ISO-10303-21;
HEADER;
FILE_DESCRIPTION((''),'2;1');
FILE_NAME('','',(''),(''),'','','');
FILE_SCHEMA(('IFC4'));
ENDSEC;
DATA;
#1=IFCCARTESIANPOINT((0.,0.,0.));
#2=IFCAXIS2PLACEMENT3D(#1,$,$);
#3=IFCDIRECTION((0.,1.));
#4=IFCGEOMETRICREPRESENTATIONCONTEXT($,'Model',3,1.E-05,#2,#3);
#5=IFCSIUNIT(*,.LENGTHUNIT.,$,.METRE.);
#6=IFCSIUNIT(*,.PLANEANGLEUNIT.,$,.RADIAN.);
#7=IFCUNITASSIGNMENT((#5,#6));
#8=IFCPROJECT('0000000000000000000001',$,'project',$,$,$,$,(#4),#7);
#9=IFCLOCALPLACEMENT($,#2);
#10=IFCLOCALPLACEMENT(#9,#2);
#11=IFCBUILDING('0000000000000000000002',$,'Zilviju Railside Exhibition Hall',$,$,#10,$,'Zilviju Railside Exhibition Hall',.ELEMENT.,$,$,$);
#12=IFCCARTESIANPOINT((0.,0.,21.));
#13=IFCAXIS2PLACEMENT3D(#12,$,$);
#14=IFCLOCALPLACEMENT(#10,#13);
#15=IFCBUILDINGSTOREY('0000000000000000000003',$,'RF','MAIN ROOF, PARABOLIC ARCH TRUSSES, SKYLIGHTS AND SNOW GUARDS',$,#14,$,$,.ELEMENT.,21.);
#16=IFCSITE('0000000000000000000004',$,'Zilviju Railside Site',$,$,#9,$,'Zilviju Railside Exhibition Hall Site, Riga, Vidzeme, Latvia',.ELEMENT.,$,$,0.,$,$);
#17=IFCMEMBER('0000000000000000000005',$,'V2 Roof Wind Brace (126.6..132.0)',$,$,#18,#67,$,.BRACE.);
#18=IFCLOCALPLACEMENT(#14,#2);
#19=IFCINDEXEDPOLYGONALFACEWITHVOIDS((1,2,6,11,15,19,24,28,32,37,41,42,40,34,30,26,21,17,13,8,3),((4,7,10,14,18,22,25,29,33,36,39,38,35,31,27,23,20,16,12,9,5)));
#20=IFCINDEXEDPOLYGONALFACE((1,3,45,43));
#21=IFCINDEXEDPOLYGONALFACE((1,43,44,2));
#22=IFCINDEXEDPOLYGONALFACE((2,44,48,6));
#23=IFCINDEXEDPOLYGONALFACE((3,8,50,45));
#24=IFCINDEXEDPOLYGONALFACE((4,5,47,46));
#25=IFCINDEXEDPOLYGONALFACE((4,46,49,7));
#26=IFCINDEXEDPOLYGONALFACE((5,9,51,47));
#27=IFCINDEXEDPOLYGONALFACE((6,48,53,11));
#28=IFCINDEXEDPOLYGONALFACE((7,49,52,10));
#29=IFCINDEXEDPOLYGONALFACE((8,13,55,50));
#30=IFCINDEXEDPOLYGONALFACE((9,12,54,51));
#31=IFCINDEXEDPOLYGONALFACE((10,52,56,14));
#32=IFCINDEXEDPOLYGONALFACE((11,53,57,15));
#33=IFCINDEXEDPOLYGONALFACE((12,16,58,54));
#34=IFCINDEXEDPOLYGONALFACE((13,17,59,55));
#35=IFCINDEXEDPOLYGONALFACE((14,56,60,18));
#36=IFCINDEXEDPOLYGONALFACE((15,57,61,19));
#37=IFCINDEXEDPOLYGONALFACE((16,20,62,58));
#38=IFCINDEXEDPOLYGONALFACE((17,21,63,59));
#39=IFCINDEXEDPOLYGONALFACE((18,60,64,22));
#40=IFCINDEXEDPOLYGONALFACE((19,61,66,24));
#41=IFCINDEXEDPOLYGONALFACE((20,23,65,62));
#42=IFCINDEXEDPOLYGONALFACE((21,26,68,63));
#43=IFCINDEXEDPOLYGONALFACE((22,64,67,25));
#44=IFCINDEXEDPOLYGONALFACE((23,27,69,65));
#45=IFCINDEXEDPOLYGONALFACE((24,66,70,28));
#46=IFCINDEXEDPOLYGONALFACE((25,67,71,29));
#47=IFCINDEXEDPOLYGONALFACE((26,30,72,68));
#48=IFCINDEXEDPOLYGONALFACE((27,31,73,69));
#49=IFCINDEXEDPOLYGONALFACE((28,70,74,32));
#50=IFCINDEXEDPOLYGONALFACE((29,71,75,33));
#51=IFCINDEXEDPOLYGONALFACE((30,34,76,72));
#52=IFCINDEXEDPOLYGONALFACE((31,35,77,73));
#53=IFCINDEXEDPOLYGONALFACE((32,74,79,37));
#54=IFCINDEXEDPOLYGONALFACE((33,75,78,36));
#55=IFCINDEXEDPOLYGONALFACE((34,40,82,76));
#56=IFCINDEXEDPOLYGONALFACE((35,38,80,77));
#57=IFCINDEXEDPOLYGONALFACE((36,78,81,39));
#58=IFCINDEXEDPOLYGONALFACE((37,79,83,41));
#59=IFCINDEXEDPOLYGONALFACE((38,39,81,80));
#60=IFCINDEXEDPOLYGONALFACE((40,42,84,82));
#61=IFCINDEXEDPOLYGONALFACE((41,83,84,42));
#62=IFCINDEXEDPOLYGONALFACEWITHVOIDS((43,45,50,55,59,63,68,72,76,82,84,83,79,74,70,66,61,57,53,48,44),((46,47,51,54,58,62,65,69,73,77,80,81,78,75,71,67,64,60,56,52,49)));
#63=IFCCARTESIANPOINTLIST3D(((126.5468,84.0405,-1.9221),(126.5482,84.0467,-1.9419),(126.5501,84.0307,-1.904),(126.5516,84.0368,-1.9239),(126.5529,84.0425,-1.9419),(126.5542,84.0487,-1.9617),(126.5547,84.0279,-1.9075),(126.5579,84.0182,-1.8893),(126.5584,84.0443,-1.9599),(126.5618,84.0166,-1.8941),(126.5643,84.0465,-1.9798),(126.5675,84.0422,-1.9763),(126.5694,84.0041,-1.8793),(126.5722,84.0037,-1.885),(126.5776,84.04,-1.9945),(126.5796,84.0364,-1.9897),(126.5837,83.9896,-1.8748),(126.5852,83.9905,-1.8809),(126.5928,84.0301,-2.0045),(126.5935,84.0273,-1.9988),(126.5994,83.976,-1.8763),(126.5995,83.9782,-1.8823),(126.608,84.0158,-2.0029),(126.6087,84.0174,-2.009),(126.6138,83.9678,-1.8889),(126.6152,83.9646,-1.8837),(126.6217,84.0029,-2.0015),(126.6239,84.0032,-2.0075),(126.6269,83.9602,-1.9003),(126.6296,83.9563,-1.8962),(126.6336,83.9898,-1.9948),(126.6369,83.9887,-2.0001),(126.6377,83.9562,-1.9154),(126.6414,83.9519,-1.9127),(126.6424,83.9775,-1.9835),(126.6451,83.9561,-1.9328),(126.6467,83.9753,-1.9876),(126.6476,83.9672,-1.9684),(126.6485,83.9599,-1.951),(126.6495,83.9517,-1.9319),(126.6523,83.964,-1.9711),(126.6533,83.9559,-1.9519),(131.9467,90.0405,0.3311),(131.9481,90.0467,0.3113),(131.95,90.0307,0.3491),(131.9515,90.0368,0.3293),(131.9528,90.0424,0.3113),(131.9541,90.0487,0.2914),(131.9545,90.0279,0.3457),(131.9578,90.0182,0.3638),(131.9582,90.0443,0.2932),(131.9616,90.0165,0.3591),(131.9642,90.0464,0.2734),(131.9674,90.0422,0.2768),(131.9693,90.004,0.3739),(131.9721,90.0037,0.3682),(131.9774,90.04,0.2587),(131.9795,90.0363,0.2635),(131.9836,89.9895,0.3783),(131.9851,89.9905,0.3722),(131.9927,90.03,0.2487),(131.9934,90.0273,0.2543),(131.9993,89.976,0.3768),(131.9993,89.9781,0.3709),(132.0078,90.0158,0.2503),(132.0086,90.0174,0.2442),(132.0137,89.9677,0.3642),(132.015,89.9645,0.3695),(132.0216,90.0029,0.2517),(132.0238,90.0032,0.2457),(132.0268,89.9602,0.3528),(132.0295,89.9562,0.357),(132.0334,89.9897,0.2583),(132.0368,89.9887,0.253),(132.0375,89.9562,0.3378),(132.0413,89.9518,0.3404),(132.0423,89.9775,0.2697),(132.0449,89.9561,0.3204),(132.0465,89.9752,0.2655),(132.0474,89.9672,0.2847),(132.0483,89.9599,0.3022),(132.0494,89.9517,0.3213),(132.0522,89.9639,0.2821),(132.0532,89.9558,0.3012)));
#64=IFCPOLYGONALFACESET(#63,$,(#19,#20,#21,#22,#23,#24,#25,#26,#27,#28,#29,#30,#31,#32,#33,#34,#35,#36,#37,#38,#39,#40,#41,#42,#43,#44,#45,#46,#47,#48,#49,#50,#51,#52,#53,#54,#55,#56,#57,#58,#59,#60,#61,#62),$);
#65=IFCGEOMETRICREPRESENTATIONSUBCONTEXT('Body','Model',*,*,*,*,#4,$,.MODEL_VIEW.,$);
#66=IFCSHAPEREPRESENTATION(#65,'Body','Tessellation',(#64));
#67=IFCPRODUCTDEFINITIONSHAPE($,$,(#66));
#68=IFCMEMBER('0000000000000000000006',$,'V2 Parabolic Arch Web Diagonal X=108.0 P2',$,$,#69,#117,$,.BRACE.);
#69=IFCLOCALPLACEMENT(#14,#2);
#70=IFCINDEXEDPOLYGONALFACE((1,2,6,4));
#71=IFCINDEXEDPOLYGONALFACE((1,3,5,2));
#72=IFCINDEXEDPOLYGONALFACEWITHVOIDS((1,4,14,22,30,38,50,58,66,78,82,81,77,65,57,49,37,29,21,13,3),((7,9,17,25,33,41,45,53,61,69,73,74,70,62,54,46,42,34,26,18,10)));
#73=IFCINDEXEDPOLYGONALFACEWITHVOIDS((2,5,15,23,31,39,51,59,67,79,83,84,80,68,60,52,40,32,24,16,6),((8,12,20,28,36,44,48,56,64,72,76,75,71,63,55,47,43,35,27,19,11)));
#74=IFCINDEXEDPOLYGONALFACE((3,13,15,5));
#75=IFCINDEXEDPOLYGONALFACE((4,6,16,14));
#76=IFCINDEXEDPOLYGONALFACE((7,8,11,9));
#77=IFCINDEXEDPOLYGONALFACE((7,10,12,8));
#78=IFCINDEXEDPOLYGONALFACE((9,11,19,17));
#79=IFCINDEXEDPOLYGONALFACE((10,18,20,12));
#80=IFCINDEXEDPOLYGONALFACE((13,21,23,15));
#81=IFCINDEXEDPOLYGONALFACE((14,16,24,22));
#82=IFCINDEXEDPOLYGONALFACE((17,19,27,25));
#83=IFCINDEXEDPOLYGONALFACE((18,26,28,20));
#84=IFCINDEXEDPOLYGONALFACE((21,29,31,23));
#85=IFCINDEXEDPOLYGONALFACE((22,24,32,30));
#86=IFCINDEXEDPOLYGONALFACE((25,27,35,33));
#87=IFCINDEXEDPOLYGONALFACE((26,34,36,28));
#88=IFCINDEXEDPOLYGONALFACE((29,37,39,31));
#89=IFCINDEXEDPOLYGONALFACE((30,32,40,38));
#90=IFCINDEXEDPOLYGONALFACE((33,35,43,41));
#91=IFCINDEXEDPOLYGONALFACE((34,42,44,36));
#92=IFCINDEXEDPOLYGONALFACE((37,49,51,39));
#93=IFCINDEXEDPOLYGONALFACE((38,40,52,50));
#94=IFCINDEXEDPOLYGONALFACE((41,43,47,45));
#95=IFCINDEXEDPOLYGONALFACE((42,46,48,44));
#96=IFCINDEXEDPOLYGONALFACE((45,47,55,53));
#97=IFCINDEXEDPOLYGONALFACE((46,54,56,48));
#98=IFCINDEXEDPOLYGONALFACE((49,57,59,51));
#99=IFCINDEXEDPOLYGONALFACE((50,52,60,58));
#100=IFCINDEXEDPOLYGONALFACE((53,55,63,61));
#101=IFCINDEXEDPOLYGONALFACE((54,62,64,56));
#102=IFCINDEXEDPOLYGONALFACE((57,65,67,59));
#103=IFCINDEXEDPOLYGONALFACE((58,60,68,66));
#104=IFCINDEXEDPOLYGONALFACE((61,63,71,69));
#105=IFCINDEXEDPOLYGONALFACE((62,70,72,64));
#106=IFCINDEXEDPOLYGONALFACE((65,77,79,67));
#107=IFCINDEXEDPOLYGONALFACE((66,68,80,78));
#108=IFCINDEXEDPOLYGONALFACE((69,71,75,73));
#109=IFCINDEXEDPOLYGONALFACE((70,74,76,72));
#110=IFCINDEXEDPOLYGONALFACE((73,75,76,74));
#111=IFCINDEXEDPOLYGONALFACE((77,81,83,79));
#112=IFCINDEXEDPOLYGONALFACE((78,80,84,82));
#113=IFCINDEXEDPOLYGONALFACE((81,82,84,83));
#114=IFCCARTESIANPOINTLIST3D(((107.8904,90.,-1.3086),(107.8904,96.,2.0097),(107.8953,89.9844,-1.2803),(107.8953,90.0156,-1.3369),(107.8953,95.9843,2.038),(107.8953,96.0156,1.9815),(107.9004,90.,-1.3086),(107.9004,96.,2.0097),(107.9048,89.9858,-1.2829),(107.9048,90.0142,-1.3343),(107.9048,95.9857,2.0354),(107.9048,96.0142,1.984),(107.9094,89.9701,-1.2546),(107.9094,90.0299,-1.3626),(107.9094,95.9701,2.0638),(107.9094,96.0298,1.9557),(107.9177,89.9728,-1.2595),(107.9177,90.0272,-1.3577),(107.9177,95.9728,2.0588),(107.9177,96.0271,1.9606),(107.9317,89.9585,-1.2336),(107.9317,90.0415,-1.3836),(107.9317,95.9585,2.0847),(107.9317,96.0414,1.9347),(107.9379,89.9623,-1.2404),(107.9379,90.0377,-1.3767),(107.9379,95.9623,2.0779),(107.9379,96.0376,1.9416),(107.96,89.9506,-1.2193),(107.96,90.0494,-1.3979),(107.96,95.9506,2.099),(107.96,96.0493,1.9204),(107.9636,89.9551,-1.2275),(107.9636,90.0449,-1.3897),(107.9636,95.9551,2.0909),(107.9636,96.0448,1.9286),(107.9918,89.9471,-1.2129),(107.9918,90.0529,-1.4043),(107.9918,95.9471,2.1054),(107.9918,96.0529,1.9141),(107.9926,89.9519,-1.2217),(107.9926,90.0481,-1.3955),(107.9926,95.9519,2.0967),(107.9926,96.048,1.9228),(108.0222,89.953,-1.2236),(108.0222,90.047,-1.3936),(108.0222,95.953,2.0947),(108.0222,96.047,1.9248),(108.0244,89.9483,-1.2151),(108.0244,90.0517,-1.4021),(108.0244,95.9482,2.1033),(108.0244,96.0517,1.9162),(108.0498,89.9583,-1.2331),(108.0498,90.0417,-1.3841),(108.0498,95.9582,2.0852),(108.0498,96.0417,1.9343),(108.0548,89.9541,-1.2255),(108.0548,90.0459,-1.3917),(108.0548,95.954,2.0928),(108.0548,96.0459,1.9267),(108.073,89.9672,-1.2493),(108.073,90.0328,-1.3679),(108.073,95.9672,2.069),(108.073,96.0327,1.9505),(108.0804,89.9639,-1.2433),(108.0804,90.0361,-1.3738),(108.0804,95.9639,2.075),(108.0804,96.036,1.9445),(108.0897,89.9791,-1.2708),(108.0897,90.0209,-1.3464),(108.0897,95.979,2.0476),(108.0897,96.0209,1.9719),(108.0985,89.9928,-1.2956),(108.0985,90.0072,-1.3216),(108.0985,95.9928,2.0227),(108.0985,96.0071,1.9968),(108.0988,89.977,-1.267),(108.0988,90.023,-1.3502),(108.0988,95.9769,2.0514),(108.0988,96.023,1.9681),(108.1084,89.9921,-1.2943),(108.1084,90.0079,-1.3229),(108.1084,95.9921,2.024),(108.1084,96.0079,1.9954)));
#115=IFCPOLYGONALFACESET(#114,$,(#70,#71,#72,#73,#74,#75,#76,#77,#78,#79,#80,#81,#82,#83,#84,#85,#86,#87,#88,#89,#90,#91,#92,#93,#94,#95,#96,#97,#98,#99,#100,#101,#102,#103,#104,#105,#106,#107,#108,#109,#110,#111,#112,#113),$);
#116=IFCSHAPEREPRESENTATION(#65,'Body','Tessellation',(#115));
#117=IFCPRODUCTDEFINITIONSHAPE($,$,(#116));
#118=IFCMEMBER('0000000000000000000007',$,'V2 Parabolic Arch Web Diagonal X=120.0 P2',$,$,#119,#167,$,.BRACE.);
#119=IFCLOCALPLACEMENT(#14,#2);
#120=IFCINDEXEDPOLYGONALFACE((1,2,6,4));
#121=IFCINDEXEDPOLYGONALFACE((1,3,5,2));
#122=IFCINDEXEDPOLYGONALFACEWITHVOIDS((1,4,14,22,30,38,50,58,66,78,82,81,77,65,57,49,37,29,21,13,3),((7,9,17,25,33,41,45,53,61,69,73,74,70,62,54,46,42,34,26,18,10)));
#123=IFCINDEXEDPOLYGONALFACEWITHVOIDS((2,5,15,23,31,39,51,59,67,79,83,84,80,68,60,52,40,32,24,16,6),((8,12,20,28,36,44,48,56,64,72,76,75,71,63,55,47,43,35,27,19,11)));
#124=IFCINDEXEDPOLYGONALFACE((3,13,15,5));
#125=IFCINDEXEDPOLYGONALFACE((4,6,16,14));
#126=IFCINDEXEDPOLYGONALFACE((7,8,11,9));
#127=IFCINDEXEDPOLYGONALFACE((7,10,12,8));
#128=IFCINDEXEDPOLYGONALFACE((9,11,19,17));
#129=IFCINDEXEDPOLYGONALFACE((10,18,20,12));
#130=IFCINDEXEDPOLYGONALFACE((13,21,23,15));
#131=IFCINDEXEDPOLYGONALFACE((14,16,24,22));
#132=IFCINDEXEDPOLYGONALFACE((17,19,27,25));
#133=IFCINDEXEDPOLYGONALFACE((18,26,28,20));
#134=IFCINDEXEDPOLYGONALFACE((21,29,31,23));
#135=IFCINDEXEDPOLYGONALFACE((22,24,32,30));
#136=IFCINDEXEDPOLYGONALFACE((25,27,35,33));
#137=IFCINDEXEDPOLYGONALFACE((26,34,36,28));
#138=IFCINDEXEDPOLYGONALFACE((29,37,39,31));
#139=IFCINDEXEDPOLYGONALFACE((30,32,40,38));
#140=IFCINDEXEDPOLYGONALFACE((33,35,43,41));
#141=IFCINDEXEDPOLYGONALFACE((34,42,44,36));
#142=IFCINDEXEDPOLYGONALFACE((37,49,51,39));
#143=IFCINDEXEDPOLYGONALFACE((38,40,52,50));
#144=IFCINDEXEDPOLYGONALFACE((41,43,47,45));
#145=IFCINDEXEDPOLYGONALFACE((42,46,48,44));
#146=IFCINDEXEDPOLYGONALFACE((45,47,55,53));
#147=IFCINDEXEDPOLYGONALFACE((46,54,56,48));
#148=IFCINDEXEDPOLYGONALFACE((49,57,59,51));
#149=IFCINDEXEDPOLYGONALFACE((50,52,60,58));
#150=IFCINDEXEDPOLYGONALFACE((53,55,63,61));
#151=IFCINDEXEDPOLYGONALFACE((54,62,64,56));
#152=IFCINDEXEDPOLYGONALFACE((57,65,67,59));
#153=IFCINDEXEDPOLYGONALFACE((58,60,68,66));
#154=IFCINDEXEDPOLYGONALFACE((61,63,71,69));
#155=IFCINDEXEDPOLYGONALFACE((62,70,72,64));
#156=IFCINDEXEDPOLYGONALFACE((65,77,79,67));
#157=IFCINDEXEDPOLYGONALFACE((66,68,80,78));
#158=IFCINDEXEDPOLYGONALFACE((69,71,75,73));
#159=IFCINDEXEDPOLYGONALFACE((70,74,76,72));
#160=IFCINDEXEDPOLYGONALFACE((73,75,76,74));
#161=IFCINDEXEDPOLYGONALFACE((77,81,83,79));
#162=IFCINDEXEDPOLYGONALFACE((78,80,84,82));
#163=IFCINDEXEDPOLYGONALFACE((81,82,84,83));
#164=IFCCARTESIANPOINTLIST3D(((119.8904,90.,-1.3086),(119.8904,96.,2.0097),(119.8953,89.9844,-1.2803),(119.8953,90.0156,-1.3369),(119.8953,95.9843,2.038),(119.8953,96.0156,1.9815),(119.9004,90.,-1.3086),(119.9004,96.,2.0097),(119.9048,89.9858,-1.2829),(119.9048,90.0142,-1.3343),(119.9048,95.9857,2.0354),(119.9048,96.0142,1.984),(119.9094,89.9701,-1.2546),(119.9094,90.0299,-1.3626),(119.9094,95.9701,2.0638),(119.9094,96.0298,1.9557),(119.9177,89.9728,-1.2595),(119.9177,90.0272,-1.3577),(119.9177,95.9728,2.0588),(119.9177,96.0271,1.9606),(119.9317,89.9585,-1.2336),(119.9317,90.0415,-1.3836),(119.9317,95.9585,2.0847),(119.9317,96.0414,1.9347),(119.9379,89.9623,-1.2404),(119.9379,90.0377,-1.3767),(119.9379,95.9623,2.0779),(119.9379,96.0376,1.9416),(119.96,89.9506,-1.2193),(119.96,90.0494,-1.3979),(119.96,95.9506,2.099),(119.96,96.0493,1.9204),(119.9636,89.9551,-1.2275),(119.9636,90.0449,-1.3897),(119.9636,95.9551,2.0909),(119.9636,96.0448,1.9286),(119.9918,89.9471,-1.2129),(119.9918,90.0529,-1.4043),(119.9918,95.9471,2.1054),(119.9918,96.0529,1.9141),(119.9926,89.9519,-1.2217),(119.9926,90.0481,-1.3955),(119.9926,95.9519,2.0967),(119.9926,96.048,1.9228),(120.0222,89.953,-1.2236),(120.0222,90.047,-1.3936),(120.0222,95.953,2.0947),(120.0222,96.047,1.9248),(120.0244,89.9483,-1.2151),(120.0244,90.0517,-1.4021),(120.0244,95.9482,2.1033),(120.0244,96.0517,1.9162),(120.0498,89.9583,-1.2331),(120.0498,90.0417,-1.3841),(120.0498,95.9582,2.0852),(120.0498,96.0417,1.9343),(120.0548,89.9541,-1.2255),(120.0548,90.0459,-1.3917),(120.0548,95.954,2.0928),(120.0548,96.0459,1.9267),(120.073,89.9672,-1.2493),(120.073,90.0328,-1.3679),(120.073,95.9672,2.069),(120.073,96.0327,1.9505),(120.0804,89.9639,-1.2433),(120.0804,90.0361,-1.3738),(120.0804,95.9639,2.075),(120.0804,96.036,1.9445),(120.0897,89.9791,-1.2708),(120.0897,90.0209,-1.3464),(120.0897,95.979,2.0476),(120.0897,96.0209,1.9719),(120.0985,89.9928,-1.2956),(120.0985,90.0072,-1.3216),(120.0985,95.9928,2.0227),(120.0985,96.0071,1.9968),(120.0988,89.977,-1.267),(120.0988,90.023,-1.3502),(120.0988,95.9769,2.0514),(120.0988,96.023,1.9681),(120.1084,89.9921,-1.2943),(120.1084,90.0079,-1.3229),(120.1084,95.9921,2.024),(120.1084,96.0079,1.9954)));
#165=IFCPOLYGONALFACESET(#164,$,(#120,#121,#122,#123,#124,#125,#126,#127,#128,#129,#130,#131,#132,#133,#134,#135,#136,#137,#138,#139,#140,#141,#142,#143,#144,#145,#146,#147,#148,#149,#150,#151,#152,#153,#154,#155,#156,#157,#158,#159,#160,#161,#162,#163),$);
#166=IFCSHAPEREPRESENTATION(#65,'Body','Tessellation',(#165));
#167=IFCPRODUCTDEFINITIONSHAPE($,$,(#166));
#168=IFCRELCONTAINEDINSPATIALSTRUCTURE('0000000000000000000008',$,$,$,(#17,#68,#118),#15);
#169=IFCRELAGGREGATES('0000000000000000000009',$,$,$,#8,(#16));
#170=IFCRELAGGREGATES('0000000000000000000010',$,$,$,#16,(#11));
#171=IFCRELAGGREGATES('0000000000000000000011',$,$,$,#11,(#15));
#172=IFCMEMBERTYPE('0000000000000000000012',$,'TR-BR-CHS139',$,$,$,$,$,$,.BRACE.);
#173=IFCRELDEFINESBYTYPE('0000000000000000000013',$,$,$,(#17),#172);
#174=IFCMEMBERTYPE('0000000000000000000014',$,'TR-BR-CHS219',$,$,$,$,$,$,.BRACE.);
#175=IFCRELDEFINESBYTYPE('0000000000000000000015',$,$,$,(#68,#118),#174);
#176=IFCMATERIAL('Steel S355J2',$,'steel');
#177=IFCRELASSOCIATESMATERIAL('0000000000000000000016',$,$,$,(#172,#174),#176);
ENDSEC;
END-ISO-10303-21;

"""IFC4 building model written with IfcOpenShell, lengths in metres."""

from ifc_helpers import new_model, si_unit, direction, frame, origin, origin_2d, place, context, subcontext, project, spatial, hollow_circle, extrude, material, material_profile, profile_set, type_object, element, save


model = new_model("IFC4")

# Units and contexts
model_context = context("Model", 3, precision=1e-05, world=origin(), true_north=direction((0.0, 1.0)))
body_context = subcontext(model_context, "Body", "Model", "MODEL_VIEW")
ifc_project = project(units=[si_unit("LENGTHUNIT", "METRE"), si_unit("PLANEANGLEUNIT", "RADIAN")], contexts=[model_context])

# Site, building, storey
site_placement = place(None, origin())
site = spatial("IfcSite", under=ifc_project, at=site_placement, Name="Zilviju Railside Site", LongName="Zilviju Railside Exhibition Hall Site, Riga, Vidzeme, Latvia", CompositionType="ELEMENT", RefElevation=0.0)
building_placement = place(site_placement, origin())
building = spatial("IfcBuilding", under=site, at=building_placement, Name="Zilviju Railside Exhibition Hall", LongName="Zilviju Railside Exhibition Hall", CompositionType="ELEMENT")
storey_placement = place(building_placement, frame((0.0, 0.0, 21.0)))
storey = spatial("IfcBuildingStorey", under=building, at=storey_placement, Name="RF", Description="MAIN ROOF, PARABOLIC ARCH TRUSSES, SKYLIGHTS AND SNOW GUARDS", CompositionType="ELEMENT", Elevation=21.0)

# Members
ifc_material_1 = material(Name="Steel S355J2", Category="steel")
ifc_material_profile_1 = material_profile(ifc_material_1, hollow_circle(Radius=0.0698, WallThickness=0.0063, at=origin_2d()), Name="CHS 139.7x6.3")
ifc_profile_set_1 = profile_set([ifc_material_profile_1], Name="Steel S355J2")
member_type_1 = type_object("IfcMemberType", Name="TR-BR-CHS139", PredefinedType="BRACE", material=ifc_profile_set_1)
member_1_placement = place(storey_placement, frame((126.6001, 84.0, -1.9419), z_axis=(0.644328, 0.715933, 0.268853), x_axis=(-0.7433, 0.668958, 0.0)))
element("IfcMember", 1, at=member_1_placement, inside=storey, type_object=member_type_1, Name="V2 Roof Wind Brace (126.6..132.0)", PredefinedType="BRACE", context=body_context, shape_type="SweptSolid", body=[
    extrude(hollow_circle(Radius=0.0698, WallThickness=0.0063, at=origin_2d()), origin(), (0.0, 0.0, 1.0), 8.3806),
])
ifc_material_profile_2 = material_profile(ifc_material_1, hollow_circle(Radius=0.1096, WallThickness=0.01, at=origin_2d()), Name="CHS 219.1x10.0")
ifc_profile_set_2 = profile_set([ifc_material_profile_2], Name="Steel S355J2")
member_type_2 = type_object("IfcMemberType", Name="TR-BR-CHS219", PredefinedType="BRACE", material=ifc_profile_set_2)
for number, where, z_axis, x_axis, name in (
    (2, (108.0, 90.0, -1.3086), (0.0, 0.875083, 0.483973), (-1.0, 0.0, 0.0), "V2 Parabolic Arch Web Diagonal X=108.0 P2"),
    (3, (120.0, 90.0, -1.3086), (0.0, 0.875083, 0.483973), (-1.0, 0.0, 0.0), "V2 Parabolic Arch Web Diagonal X=120.0 P2"),
):
    element("IfcMember", number, at=place(storey_placement, frame(where, z_axis=z_axis, x_axis=x_axis)), inside=storey, type_object=member_type_2, Name=name, PredefinedType="BRACE", context=body_context, shape_type="SweptSolid", body=[
        extrude(hollow_circle(Radius=0.1096, WallThickness=0.01, at=origin_2d()), origin(), (0.0, 0.0, 1.0), 6.8564),
    ])

save(model, "model.ifc")
